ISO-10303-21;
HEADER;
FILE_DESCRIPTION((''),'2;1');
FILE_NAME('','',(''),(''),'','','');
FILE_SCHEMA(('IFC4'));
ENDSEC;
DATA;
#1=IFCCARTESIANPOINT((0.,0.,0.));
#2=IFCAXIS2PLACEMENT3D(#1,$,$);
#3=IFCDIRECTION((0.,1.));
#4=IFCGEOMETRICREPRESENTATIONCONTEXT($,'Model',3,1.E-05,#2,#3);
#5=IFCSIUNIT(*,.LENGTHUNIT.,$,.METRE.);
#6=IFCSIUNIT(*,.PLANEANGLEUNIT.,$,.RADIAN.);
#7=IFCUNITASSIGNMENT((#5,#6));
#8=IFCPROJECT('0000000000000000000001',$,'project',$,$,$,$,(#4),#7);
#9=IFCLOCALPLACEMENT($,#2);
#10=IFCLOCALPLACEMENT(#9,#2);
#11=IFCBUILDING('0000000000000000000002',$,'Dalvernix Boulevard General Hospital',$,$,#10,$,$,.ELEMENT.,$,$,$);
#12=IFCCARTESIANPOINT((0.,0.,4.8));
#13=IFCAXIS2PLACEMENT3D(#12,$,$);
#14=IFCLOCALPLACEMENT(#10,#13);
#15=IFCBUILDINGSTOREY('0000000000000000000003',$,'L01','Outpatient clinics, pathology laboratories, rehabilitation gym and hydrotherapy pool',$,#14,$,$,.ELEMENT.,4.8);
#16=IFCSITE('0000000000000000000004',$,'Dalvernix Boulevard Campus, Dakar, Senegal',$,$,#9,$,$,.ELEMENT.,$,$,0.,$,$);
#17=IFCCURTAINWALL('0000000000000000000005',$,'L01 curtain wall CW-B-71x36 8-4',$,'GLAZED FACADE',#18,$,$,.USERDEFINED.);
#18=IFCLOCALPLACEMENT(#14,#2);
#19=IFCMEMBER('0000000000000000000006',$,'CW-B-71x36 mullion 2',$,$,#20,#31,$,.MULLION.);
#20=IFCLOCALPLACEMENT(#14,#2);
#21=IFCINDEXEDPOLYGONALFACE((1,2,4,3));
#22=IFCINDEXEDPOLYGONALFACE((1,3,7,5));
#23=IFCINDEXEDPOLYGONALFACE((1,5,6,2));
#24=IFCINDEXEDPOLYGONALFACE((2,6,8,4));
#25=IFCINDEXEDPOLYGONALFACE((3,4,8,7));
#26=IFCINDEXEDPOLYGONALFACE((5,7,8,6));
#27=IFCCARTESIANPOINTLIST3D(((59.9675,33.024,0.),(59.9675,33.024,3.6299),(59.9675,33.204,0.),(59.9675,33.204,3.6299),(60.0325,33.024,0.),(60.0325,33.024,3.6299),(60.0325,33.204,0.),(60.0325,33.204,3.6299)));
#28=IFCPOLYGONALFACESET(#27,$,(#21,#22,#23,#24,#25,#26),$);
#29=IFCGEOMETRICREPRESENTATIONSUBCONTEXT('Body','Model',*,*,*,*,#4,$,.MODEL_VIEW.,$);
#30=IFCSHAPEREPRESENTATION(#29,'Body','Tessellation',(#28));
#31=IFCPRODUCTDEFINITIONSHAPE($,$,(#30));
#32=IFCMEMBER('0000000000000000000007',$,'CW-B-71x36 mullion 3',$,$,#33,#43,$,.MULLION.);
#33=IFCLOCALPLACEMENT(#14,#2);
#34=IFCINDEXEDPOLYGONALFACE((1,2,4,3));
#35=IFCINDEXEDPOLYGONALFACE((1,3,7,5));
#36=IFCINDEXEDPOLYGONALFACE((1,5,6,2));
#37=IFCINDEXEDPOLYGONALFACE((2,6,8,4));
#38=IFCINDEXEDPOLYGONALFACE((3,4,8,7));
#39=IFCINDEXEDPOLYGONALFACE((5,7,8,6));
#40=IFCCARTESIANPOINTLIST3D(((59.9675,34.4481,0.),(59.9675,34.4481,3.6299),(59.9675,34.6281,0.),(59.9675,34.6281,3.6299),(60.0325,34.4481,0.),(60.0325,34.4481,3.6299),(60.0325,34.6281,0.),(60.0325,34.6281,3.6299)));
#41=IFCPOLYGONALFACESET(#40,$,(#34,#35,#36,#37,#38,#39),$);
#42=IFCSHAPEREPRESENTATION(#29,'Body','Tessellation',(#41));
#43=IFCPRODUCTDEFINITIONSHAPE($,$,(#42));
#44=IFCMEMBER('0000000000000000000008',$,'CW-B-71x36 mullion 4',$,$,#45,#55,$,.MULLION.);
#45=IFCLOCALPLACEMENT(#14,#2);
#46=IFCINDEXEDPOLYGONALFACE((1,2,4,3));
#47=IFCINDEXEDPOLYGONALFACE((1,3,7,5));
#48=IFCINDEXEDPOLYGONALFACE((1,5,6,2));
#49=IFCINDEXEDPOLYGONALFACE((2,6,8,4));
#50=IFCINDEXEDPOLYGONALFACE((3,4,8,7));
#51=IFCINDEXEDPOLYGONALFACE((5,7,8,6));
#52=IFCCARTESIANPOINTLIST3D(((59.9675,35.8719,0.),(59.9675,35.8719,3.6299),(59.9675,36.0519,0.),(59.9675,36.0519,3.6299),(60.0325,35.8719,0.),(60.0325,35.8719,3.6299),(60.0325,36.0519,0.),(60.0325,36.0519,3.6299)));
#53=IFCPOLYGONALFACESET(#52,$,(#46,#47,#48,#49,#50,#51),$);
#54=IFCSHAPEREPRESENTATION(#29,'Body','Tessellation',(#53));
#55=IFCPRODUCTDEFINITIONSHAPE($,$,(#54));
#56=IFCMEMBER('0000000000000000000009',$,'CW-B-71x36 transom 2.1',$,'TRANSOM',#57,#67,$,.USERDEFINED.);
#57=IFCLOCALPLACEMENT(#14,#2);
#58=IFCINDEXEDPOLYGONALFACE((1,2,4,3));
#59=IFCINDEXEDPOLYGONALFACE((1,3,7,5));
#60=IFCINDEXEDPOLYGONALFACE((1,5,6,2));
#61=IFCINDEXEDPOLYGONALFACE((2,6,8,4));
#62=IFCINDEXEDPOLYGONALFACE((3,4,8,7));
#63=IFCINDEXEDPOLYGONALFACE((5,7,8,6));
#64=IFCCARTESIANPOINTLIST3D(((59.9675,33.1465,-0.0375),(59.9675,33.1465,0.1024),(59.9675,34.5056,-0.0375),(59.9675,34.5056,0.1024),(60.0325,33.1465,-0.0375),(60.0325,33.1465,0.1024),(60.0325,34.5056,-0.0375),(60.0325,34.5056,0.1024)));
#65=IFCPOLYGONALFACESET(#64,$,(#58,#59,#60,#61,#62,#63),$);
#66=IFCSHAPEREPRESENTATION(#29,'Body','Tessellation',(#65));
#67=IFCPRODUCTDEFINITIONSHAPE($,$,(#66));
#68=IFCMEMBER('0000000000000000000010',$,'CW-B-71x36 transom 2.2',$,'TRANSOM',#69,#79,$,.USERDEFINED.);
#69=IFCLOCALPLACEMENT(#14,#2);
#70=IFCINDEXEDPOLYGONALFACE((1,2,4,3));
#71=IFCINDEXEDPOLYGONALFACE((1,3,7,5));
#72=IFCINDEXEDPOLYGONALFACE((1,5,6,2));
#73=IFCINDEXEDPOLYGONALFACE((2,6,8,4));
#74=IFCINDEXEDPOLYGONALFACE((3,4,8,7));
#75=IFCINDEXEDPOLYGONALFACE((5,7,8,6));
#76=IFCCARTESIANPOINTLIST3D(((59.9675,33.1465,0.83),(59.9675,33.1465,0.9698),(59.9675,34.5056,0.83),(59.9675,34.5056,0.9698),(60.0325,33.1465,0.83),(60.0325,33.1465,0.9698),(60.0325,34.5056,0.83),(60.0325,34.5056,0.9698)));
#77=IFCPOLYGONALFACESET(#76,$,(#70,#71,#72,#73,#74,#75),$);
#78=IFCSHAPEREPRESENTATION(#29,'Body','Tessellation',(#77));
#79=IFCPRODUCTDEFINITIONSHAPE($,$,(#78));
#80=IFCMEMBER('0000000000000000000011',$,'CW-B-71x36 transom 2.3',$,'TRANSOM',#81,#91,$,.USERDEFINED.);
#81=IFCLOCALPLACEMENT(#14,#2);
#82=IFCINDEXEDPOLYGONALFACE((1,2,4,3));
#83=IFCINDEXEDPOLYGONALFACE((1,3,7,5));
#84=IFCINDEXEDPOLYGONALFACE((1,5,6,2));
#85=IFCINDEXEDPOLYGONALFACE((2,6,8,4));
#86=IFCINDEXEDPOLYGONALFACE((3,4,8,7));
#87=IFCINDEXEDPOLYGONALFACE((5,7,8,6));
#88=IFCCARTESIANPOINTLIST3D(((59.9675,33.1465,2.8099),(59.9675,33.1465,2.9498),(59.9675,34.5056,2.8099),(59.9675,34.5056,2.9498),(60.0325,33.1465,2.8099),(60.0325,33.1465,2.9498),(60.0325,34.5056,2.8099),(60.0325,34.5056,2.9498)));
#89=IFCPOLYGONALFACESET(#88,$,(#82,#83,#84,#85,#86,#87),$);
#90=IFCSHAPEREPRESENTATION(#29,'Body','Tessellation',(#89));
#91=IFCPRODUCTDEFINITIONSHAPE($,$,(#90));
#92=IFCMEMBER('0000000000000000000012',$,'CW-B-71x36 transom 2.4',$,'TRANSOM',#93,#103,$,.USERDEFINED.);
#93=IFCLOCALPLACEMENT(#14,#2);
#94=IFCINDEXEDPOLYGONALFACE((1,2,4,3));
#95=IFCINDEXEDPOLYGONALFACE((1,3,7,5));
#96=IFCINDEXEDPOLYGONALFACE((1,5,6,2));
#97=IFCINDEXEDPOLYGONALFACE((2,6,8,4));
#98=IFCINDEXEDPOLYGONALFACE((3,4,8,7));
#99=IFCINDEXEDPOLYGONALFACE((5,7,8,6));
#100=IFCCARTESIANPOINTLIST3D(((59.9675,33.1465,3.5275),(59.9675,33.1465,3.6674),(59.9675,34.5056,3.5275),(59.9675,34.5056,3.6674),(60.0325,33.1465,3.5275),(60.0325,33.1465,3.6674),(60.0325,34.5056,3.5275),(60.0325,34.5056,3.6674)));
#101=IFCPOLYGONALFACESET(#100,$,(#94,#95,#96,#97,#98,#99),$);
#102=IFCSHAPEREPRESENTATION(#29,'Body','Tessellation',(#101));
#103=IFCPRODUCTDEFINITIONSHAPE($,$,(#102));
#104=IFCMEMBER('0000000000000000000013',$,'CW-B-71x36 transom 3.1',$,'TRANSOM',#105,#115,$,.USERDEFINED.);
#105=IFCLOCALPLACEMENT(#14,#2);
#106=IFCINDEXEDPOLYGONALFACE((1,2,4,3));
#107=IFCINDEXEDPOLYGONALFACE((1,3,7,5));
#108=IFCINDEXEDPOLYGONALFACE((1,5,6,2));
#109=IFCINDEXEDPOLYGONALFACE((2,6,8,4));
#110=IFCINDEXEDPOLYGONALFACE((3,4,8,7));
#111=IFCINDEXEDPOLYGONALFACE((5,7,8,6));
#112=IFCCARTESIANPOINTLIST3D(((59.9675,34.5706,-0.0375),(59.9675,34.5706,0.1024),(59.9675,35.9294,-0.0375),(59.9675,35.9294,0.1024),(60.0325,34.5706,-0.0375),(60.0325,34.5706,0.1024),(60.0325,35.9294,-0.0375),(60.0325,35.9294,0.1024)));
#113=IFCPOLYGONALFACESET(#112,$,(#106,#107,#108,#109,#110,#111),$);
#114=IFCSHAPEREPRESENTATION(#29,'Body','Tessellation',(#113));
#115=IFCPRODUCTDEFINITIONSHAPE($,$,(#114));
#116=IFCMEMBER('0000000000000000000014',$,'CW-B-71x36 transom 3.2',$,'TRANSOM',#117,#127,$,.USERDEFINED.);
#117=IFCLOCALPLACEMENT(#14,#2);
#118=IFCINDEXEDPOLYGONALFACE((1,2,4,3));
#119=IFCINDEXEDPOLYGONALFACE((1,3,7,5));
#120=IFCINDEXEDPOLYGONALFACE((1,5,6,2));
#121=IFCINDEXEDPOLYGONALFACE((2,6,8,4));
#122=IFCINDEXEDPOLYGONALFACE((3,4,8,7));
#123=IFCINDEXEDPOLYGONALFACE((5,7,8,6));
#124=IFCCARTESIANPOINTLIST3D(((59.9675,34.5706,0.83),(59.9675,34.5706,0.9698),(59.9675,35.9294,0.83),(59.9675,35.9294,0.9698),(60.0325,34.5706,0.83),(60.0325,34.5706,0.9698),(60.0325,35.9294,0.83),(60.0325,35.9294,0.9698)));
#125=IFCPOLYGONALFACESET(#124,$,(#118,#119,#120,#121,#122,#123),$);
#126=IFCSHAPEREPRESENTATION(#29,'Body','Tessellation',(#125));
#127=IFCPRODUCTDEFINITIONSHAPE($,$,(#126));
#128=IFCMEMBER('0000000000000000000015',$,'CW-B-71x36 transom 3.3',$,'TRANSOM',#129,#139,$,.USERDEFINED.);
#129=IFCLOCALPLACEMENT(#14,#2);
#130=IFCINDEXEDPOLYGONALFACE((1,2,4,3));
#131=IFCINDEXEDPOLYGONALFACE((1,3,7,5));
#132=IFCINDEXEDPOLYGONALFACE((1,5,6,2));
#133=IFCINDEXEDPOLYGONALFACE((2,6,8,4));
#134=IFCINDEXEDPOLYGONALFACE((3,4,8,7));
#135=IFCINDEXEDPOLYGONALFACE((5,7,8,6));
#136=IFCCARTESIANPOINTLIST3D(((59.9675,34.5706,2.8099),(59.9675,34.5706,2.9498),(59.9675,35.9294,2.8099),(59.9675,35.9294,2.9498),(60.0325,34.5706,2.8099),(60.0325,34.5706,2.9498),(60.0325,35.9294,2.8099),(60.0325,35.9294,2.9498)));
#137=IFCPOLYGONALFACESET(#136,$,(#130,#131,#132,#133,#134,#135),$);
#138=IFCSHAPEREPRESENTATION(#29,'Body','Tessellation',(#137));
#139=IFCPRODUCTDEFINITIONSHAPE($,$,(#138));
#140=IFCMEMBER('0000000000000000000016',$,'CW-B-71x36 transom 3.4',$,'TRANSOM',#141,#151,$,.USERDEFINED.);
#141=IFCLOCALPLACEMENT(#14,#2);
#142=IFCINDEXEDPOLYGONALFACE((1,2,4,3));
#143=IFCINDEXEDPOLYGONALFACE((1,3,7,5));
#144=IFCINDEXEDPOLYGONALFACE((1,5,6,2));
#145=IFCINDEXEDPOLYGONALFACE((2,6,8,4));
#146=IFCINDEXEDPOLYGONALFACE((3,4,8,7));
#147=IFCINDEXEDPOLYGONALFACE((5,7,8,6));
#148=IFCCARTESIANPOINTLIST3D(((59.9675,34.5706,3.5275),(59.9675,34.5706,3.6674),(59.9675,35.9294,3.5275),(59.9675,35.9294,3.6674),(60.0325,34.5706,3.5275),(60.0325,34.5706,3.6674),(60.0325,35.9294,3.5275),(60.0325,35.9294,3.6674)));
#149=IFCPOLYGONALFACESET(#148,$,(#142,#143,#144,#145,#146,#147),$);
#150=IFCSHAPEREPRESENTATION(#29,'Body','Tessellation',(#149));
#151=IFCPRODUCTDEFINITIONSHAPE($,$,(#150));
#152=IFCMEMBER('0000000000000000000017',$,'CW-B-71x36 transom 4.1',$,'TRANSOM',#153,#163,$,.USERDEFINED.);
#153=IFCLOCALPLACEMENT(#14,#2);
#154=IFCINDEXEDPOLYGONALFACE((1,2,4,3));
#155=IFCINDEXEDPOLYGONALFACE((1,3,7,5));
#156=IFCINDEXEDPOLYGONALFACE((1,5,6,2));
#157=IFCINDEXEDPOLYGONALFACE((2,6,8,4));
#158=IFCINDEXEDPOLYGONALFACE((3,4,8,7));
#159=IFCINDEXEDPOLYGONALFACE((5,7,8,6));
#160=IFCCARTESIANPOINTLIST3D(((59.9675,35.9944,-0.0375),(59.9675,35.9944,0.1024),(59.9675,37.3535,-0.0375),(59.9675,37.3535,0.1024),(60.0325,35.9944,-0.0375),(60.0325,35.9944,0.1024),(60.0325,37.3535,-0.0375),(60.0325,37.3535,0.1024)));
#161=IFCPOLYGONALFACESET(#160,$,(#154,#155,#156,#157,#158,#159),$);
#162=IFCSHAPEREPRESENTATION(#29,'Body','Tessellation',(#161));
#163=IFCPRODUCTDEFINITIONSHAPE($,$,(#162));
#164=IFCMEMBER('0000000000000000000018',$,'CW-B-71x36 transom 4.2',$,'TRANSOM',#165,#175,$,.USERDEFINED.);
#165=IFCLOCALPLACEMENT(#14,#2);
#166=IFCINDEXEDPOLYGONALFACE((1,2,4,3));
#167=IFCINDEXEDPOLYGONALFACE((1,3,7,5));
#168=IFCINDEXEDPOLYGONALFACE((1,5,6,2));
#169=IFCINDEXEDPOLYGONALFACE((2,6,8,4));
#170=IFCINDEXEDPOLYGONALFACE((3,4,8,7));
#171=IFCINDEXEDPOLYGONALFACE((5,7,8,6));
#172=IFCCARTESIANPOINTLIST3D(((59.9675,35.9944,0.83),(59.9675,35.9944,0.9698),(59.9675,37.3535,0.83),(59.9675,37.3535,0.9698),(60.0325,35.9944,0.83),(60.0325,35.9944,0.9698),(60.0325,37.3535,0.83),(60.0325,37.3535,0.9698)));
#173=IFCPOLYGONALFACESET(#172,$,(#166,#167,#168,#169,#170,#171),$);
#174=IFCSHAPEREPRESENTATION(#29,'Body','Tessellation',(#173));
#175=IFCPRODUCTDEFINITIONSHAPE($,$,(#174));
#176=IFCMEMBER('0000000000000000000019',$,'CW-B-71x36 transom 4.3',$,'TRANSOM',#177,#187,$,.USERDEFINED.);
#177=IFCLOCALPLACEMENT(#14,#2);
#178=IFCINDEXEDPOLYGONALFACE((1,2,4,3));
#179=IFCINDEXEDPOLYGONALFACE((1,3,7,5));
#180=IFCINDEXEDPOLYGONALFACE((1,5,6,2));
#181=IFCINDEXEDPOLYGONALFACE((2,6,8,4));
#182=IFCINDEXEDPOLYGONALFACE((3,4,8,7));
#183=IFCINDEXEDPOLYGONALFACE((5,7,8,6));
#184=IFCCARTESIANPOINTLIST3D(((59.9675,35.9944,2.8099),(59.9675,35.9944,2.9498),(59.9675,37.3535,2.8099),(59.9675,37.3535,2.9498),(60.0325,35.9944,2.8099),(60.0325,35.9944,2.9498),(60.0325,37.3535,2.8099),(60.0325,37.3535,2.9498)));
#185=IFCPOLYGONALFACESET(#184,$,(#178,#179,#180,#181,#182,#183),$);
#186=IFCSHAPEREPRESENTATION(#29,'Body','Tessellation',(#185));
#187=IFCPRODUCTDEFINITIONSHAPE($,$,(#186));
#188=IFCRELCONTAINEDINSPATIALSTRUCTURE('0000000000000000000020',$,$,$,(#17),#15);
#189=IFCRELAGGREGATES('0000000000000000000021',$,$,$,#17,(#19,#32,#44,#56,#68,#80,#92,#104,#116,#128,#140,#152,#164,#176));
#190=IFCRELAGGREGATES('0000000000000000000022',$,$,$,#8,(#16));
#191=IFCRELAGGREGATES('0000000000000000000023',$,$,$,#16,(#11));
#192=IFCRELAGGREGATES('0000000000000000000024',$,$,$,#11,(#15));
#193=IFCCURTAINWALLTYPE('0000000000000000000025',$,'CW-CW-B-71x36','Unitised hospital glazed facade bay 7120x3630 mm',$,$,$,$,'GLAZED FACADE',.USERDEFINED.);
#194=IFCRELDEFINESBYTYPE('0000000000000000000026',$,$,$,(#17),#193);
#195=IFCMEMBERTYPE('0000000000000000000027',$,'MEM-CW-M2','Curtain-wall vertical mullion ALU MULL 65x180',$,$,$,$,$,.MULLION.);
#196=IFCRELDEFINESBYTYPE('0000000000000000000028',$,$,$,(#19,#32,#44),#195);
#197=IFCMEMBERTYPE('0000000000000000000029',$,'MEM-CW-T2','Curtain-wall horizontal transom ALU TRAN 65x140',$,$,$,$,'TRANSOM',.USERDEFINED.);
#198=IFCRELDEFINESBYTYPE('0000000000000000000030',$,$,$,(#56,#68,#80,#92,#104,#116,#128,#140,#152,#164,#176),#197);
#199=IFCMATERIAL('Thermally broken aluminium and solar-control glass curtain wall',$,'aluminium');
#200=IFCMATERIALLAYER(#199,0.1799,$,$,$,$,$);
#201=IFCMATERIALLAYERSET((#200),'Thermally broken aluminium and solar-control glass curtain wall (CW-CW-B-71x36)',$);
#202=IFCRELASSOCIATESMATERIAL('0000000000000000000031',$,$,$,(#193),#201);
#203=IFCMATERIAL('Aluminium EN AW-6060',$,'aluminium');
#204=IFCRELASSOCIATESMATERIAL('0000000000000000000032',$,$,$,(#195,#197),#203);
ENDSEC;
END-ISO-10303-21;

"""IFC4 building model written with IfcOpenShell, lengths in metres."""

from ifc_helpers import new_model, si_unit, direction, frame, origin, origin_2d, place, context, subcontext, project, spatial, rectangle, extrude, material, layer, layer_set, material_profile, profile_set, type_object, element, aggregate, save


model = new_model("IFC4")

# Units and contexts
model_context = context("Model", 3, precision=1e-05, world=origin(), true_north=direction((0.0, 1.0)))
body_context = subcontext(model_context, "Body", "Model", "MODEL_VIEW")
ifc_project = project(units=[si_unit("LENGTHUNIT", "METRE"), si_unit("PLANEANGLEUNIT", "RADIAN")], contexts=[model_context])

# Site, building, storey
site_placement = place(None, origin())
site = spatial("IfcSite", under=ifc_project, at=site_placement, Name="Dalvernix Boulevard Campus, Dakar, Senegal", CompositionType="ELEMENT", RefElevation=0.0)
building_placement = place(site_placement, origin())
building = spatial("IfcBuilding", under=site, at=building_placement, Name="Dalvernix Boulevard General Hospital", CompositionType="ELEMENT")
storey_placement = place(building_placement, frame((0.0, 0.0, 4.8)))
storey = spatial("IfcBuildingStorey", under=building, at=storey_placement, Name="L01", Description="Outpatient clinics, pathology laboratories, rehabilitation gym and hydrotherapy pool", CompositionType="ELEMENT", Elevation=4.8)

# Curtain wall, members
ifc_material_1 = material(Name="Thermally broken aluminium and solar-control glass curtain wall", Category="aluminium")
ifc_layer_1 = layer(ifc_material_1, 0.1799)
ifc_layer_set_1 = layer_set([ifc_layer_1], Name="Thermally broken aluminium and solar-control glass curtain wall (CW-CW-B-71x36)")
curtain_wall_type = type_object("IfcCurtainWallType", Name="CW-CW-B-71x36", Description="Unitised hospital glazed facade bay 7120x3630 mm", ElementType="GLAZED FACADE", PredefinedType="USERDEFINED", material=ifc_layer_set_1)
curtain_wall_placement = place(storey_placement, origin())
curtain_wall = element("IfcCurtainWall", 1, at=curtain_wall_placement, inside=storey, type_object=curtain_wall_type, Name="L01 curtain wall CW-B-71x36 8-4", ObjectType="GLAZED FACADE", PredefinedType="USERDEFINED")
ifc_material_2 = material(Name="Aluminium EN AW-6060", Category="aluminium")
ifc_material_profile_1 = material_profile(ifc_material_2, rectangle(XDim=0.0649, YDim=0.1799, at=origin_2d()), Name="ALU MULL 65x180")
ifc_profile_set_1 = profile_set([ifc_material_profile_1], Name="Aluminium EN AW-6060")
member_type_1 = type_object("IfcMemberType", Name="MEM-CW-M2", Description="Curtain-wall vertical mullion ALU MULL 65x180", PredefinedType="MULLION", material=ifc_profile_set_1)
member_1_placement = place(storey_placement, frame((60.0, 33.114, 0.0), z_axis=(0.0, 0.0, 1.0), x_axis=(-1.0, 0.0, 0.0)))
member_1 = element("IfcMember", 2, at=member_1_placement, type_object=member_type_1, Name="CW-B-71x36 mullion 2", PredefinedType="MULLION", context=body_context, shape_type="SweptSolid", body=[
    extrude(rectangle(XDim=0.0649, YDim=0.1799, at=origin_2d()), origin(), (0.0, 0.0, 1.0), 3.6299),
])
member_2_placement = place(storey_placement, frame((60.0, 34.5381, 0.0), z_axis=(0.0, 0.0, 1.0), x_axis=(-1.0, 0.0, 0.0)))
member_2 = element("IfcMember", 3, at=member_2_placement, type_object=member_type_1, Name="CW-B-71x36 mullion 3", PredefinedType="MULLION", context=body_context, shape_type="SweptSolid", body=[
    extrude(rectangle(XDim=0.0649, YDim=0.1799, at=origin_2d()), origin(), (0.0, 0.0, 1.0), 3.6299),
])
member_3_placement = place(storey_placement, frame((60.0, 35.9619, 0.0), z_axis=(0.0, 0.0, 1.0), x_axis=(-1.0, 0.0, 0.0)))
member_3 = element("IfcMember", 4, at=member_3_placement, type_object=member_type_1, Name="CW-B-71x36 mullion 4", PredefinedType="MULLION", context=body_context, shape_type="SweptSolid", body=[
    extrude(rectangle(XDim=0.0649, YDim=0.1799, at=origin_2d()), origin(), (0.0, 0.0, 1.0), 3.6299),
])
ifc_material_profile_2 = material_profile(ifc_material_2, rectangle(XDim=0.0649, YDim=0.1399, at=origin_2d()), Name="ALU TRAN 65x140")
ifc_profile_set_2 = profile_set([ifc_material_profile_2], Name="Aluminium EN AW-6060")
member_type_2 = type_object("IfcMemberType", Name="MEM-CW-T2", Description="Curtain-wall horizontal transom ALU TRAN 65x140", ElementType="TRANSOM", PredefinedType="USERDEFINED", material=ifc_profile_set_2)
member_4_placement = place(storey_placement, frame((60.0, 33.1465, 0.0325), z_axis=(0.0, 1.0, 0.0), x_axis=(-1.0, 0.0, 0.0)))
member_4 = element("IfcMember", 5, at=member_4_placement, type_object=member_type_2, Name="CW-B-71x36 transom 2.1", ObjectType="TRANSOM", PredefinedType="USERDEFINED", context=body_context, shape_type="SweptSolid", body=[
    extrude(rectangle(XDim=0.0649, YDim=0.1399, at=origin_2d()), origin(), (0.0, 0.0, 1.0), 1.3591),
])
member_5_placement = place(storey_placement, frame((60.0, 33.1465, 0.8999), z_axis=(0.0, 1.0, 0.0), x_axis=(-1.0, 0.0, 0.0)))
member_5 = element("IfcMember", 6, at=member_5_placement, type_object=member_type_2, Name="CW-B-71x36 transom 2.2", ObjectType="TRANSOM", PredefinedType="USERDEFINED", context=body_context, shape_type="SweptSolid", body=[
    extrude(rectangle(XDim=0.0649, YDim=0.1399, at=origin_2d()), origin(), (0.0, 0.0, 1.0), 1.3591),
])
member_6_placement = place(storey_placement, frame((60.0, 33.1465, 2.8799), z_axis=(0.0, 1.0, 0.0), x_axis=(-1.0, 0.0, 0.0)))
member_6 = element("IfcMember", 7, at=member_6_placement, type_object=member_type_2, Name="CW-B-71x36 transom 2.3", ObjectType="TRANSOM", PredefinedType="USERDEFINED", context=body_context, shape_type="SweptSolid", body=[
    extrude(rectangle(XDim=0.0649, YDim=0.1399, at=origin_2d()), origin(), (0.0, 0.0, 1.0), 1.3591),
])
member_7_placement = place(storey_placement, frame((60.0, 33.1465, 3.5974), z_axis=(0.0, 1.0, 0.0), x_axis=(-1.0, 0.0, 0.0)))
member_7 = element("IfcMember", 8, at=member_7_placement, type_object=member_type_2, Name="CW-B-71x36 transom 2.4", ObjectType="TRANSOM", PredefinedType="USERDEFINED", context=body_context, shape_type="SweptSolid", body=[
    extrude(rectangle(XDim=0.0649, YDim=0.1399, at=origin_2d()), origin(), (0.0, 0.0, 1.0), 1.3591),
])
member_8_placement = place(storey_placement, frame((60.0, 34.5706, 0.0325), z_axis=(0.0, 1.0, 0.0), x_axis=(-1.0, 0.0, 0.0)))
member_8 = element("IfcMember", 9, at=member_8_placement, type_object=member_type_2, Name="CW-B-71x36 transom 3.1", ObjectType="TRANSOM", PredefinedType="USERDEFINED", context=body_context, shape_type="SweptSolid", body=[
    extrude(rectangle(XDim=0.0649, YDim=0.1399, at=origin_2d()), origin(), (0.0, 0.0, 1.0), 1.3589),
])
member_9_placement = place(storey_placement, frame((60.0, 34.5706, 0.8999), z_axis=(0.0, 1.0, 0.0), x_axis=(-1.0, 0.0, 0.0)))
member_9 = element("IfcMember", 10, at=member_9_placement, type_object=member_type_2, Name="CW-B-71x36 transom 3.2", ObjectType="TRANSOM", PredefinedType="USERDEFINED", context=body_context, shape_type="SweptSolid", body=[
    extrude(rectangle(XDim=0.0649, YDim=0.1399, at=origin_2d()), origin(), (0.0, 0.0, 1.0), 1.3589),
])
member_10_placement = place(storey_placement, frame((60.0, 34.5706, 2.8799), z_axis=(0.0, 1.0, 0.0), x_axis=(-1.0, 0.0, 0.0)))
member_10 = element("IfcMember", 11, at=member_10_placement, type_object=member_type_2, Name="CW-B-71x36 transom 3.3", ObjectType="TRANSOM", PredefinedType="USERDEFINED", context=body_context, shape_type="SweptSolid", body=[
    extrude(rectangle(XDim=0.0649, YDim=0.1399, at=origin_2d()), origin(), (0.0, 0.0, 1.0), 1.3589),
])
member_11_placement = place(storey_placement, frame((60.0, 34.5706, 3.5974), z_axis=(0.0, 1.0, 0.0), x_axis=(-1.0, 0.0, 0.0)))
member_11 = element("IfcMember", 12, at=member_11_placement, type_object=member_type_2, Name="CW-B-71x36 transom 3.4", ObjectType="TRANSOM", PredefinedType="USERDEFINED", context=body_context, shape_type="SweptSolid", body=[
    extrude(rectangle(XDim=0.0649, YDim=0.1399, at=origin_2d()), origin(), (0.0, 0.0, 1.0), 1.3589),
])
member_12_placement = place(storey_placement, frame((60.0, 35.9944, 0.0325), z_axis=(0.0, 1.0, 0.0), x_axis=(-1.0, 0.0, 0.0)))
member_12 = element("IfcMember", 13, at=member_12_placement, type_object=member_type_2, Name="CW-B-71x36 transom 4.1", ObjectType="TRANSOM", PredefinedType="USERDEFINED", context=body_context, shape_type="SweptSolid", body=[
    extrude(rectangle(XDim=0.0649, YDim=0.1399, at=origin_2d()), origin(), (0.0, 0.0, 1.0), 1.3591),
])
member_13_placement = place(storey_placement, frame((60.0, 35.9944, 0.8999), z_axis=(0.0, 1.0, 0.0), x_axis=(-1.0, 0.0, 0.0)))
member_13 = element("IfcMember", 14, at=member_13_placement, type_object=member_type_2, Name="CW-B-71x36 transom 4.2", ObjectType="TRANSOM", PredefinedType="USERDEFINED", context=body_context, shape_type="SweptSolid", body=[
    extrude(rectangle(XDim=0.0649, YDim=0.1399, at=origin_2d()), origin(), (0.0, 0.0, 1.0), 1.3591),
])
member_14_placement = place(storey_placement, frame((60.0, 35.9944, 2.8799), z_axis=(0.0, 1.0, 0.0), x_axis=(-1.0, 0.0, 0.0)))
member_14 = element("IfcMember", 15, at=member_14_placement, type_object=member_type_2, Name="CW-B-71x36 transom 4.3", ObjectType="TRANSOM", PredefinedType="USERDEFINED", context=body_context, shape_type="SweptSolid", body=[
    extrude(rectangle(XDim=0.0649, YDim=0.1399, at=origin_2d()), origin(), (0.0, 0.0, 1.0), 1.3591),
])
aggregate(curtain_wall, [member_1, member_2, member_3, member_4, member_5, member_6, member_7, member_8, member_9, member_10, member_11, member_12, member_13, member_14])

save(model, "model.ifc")
